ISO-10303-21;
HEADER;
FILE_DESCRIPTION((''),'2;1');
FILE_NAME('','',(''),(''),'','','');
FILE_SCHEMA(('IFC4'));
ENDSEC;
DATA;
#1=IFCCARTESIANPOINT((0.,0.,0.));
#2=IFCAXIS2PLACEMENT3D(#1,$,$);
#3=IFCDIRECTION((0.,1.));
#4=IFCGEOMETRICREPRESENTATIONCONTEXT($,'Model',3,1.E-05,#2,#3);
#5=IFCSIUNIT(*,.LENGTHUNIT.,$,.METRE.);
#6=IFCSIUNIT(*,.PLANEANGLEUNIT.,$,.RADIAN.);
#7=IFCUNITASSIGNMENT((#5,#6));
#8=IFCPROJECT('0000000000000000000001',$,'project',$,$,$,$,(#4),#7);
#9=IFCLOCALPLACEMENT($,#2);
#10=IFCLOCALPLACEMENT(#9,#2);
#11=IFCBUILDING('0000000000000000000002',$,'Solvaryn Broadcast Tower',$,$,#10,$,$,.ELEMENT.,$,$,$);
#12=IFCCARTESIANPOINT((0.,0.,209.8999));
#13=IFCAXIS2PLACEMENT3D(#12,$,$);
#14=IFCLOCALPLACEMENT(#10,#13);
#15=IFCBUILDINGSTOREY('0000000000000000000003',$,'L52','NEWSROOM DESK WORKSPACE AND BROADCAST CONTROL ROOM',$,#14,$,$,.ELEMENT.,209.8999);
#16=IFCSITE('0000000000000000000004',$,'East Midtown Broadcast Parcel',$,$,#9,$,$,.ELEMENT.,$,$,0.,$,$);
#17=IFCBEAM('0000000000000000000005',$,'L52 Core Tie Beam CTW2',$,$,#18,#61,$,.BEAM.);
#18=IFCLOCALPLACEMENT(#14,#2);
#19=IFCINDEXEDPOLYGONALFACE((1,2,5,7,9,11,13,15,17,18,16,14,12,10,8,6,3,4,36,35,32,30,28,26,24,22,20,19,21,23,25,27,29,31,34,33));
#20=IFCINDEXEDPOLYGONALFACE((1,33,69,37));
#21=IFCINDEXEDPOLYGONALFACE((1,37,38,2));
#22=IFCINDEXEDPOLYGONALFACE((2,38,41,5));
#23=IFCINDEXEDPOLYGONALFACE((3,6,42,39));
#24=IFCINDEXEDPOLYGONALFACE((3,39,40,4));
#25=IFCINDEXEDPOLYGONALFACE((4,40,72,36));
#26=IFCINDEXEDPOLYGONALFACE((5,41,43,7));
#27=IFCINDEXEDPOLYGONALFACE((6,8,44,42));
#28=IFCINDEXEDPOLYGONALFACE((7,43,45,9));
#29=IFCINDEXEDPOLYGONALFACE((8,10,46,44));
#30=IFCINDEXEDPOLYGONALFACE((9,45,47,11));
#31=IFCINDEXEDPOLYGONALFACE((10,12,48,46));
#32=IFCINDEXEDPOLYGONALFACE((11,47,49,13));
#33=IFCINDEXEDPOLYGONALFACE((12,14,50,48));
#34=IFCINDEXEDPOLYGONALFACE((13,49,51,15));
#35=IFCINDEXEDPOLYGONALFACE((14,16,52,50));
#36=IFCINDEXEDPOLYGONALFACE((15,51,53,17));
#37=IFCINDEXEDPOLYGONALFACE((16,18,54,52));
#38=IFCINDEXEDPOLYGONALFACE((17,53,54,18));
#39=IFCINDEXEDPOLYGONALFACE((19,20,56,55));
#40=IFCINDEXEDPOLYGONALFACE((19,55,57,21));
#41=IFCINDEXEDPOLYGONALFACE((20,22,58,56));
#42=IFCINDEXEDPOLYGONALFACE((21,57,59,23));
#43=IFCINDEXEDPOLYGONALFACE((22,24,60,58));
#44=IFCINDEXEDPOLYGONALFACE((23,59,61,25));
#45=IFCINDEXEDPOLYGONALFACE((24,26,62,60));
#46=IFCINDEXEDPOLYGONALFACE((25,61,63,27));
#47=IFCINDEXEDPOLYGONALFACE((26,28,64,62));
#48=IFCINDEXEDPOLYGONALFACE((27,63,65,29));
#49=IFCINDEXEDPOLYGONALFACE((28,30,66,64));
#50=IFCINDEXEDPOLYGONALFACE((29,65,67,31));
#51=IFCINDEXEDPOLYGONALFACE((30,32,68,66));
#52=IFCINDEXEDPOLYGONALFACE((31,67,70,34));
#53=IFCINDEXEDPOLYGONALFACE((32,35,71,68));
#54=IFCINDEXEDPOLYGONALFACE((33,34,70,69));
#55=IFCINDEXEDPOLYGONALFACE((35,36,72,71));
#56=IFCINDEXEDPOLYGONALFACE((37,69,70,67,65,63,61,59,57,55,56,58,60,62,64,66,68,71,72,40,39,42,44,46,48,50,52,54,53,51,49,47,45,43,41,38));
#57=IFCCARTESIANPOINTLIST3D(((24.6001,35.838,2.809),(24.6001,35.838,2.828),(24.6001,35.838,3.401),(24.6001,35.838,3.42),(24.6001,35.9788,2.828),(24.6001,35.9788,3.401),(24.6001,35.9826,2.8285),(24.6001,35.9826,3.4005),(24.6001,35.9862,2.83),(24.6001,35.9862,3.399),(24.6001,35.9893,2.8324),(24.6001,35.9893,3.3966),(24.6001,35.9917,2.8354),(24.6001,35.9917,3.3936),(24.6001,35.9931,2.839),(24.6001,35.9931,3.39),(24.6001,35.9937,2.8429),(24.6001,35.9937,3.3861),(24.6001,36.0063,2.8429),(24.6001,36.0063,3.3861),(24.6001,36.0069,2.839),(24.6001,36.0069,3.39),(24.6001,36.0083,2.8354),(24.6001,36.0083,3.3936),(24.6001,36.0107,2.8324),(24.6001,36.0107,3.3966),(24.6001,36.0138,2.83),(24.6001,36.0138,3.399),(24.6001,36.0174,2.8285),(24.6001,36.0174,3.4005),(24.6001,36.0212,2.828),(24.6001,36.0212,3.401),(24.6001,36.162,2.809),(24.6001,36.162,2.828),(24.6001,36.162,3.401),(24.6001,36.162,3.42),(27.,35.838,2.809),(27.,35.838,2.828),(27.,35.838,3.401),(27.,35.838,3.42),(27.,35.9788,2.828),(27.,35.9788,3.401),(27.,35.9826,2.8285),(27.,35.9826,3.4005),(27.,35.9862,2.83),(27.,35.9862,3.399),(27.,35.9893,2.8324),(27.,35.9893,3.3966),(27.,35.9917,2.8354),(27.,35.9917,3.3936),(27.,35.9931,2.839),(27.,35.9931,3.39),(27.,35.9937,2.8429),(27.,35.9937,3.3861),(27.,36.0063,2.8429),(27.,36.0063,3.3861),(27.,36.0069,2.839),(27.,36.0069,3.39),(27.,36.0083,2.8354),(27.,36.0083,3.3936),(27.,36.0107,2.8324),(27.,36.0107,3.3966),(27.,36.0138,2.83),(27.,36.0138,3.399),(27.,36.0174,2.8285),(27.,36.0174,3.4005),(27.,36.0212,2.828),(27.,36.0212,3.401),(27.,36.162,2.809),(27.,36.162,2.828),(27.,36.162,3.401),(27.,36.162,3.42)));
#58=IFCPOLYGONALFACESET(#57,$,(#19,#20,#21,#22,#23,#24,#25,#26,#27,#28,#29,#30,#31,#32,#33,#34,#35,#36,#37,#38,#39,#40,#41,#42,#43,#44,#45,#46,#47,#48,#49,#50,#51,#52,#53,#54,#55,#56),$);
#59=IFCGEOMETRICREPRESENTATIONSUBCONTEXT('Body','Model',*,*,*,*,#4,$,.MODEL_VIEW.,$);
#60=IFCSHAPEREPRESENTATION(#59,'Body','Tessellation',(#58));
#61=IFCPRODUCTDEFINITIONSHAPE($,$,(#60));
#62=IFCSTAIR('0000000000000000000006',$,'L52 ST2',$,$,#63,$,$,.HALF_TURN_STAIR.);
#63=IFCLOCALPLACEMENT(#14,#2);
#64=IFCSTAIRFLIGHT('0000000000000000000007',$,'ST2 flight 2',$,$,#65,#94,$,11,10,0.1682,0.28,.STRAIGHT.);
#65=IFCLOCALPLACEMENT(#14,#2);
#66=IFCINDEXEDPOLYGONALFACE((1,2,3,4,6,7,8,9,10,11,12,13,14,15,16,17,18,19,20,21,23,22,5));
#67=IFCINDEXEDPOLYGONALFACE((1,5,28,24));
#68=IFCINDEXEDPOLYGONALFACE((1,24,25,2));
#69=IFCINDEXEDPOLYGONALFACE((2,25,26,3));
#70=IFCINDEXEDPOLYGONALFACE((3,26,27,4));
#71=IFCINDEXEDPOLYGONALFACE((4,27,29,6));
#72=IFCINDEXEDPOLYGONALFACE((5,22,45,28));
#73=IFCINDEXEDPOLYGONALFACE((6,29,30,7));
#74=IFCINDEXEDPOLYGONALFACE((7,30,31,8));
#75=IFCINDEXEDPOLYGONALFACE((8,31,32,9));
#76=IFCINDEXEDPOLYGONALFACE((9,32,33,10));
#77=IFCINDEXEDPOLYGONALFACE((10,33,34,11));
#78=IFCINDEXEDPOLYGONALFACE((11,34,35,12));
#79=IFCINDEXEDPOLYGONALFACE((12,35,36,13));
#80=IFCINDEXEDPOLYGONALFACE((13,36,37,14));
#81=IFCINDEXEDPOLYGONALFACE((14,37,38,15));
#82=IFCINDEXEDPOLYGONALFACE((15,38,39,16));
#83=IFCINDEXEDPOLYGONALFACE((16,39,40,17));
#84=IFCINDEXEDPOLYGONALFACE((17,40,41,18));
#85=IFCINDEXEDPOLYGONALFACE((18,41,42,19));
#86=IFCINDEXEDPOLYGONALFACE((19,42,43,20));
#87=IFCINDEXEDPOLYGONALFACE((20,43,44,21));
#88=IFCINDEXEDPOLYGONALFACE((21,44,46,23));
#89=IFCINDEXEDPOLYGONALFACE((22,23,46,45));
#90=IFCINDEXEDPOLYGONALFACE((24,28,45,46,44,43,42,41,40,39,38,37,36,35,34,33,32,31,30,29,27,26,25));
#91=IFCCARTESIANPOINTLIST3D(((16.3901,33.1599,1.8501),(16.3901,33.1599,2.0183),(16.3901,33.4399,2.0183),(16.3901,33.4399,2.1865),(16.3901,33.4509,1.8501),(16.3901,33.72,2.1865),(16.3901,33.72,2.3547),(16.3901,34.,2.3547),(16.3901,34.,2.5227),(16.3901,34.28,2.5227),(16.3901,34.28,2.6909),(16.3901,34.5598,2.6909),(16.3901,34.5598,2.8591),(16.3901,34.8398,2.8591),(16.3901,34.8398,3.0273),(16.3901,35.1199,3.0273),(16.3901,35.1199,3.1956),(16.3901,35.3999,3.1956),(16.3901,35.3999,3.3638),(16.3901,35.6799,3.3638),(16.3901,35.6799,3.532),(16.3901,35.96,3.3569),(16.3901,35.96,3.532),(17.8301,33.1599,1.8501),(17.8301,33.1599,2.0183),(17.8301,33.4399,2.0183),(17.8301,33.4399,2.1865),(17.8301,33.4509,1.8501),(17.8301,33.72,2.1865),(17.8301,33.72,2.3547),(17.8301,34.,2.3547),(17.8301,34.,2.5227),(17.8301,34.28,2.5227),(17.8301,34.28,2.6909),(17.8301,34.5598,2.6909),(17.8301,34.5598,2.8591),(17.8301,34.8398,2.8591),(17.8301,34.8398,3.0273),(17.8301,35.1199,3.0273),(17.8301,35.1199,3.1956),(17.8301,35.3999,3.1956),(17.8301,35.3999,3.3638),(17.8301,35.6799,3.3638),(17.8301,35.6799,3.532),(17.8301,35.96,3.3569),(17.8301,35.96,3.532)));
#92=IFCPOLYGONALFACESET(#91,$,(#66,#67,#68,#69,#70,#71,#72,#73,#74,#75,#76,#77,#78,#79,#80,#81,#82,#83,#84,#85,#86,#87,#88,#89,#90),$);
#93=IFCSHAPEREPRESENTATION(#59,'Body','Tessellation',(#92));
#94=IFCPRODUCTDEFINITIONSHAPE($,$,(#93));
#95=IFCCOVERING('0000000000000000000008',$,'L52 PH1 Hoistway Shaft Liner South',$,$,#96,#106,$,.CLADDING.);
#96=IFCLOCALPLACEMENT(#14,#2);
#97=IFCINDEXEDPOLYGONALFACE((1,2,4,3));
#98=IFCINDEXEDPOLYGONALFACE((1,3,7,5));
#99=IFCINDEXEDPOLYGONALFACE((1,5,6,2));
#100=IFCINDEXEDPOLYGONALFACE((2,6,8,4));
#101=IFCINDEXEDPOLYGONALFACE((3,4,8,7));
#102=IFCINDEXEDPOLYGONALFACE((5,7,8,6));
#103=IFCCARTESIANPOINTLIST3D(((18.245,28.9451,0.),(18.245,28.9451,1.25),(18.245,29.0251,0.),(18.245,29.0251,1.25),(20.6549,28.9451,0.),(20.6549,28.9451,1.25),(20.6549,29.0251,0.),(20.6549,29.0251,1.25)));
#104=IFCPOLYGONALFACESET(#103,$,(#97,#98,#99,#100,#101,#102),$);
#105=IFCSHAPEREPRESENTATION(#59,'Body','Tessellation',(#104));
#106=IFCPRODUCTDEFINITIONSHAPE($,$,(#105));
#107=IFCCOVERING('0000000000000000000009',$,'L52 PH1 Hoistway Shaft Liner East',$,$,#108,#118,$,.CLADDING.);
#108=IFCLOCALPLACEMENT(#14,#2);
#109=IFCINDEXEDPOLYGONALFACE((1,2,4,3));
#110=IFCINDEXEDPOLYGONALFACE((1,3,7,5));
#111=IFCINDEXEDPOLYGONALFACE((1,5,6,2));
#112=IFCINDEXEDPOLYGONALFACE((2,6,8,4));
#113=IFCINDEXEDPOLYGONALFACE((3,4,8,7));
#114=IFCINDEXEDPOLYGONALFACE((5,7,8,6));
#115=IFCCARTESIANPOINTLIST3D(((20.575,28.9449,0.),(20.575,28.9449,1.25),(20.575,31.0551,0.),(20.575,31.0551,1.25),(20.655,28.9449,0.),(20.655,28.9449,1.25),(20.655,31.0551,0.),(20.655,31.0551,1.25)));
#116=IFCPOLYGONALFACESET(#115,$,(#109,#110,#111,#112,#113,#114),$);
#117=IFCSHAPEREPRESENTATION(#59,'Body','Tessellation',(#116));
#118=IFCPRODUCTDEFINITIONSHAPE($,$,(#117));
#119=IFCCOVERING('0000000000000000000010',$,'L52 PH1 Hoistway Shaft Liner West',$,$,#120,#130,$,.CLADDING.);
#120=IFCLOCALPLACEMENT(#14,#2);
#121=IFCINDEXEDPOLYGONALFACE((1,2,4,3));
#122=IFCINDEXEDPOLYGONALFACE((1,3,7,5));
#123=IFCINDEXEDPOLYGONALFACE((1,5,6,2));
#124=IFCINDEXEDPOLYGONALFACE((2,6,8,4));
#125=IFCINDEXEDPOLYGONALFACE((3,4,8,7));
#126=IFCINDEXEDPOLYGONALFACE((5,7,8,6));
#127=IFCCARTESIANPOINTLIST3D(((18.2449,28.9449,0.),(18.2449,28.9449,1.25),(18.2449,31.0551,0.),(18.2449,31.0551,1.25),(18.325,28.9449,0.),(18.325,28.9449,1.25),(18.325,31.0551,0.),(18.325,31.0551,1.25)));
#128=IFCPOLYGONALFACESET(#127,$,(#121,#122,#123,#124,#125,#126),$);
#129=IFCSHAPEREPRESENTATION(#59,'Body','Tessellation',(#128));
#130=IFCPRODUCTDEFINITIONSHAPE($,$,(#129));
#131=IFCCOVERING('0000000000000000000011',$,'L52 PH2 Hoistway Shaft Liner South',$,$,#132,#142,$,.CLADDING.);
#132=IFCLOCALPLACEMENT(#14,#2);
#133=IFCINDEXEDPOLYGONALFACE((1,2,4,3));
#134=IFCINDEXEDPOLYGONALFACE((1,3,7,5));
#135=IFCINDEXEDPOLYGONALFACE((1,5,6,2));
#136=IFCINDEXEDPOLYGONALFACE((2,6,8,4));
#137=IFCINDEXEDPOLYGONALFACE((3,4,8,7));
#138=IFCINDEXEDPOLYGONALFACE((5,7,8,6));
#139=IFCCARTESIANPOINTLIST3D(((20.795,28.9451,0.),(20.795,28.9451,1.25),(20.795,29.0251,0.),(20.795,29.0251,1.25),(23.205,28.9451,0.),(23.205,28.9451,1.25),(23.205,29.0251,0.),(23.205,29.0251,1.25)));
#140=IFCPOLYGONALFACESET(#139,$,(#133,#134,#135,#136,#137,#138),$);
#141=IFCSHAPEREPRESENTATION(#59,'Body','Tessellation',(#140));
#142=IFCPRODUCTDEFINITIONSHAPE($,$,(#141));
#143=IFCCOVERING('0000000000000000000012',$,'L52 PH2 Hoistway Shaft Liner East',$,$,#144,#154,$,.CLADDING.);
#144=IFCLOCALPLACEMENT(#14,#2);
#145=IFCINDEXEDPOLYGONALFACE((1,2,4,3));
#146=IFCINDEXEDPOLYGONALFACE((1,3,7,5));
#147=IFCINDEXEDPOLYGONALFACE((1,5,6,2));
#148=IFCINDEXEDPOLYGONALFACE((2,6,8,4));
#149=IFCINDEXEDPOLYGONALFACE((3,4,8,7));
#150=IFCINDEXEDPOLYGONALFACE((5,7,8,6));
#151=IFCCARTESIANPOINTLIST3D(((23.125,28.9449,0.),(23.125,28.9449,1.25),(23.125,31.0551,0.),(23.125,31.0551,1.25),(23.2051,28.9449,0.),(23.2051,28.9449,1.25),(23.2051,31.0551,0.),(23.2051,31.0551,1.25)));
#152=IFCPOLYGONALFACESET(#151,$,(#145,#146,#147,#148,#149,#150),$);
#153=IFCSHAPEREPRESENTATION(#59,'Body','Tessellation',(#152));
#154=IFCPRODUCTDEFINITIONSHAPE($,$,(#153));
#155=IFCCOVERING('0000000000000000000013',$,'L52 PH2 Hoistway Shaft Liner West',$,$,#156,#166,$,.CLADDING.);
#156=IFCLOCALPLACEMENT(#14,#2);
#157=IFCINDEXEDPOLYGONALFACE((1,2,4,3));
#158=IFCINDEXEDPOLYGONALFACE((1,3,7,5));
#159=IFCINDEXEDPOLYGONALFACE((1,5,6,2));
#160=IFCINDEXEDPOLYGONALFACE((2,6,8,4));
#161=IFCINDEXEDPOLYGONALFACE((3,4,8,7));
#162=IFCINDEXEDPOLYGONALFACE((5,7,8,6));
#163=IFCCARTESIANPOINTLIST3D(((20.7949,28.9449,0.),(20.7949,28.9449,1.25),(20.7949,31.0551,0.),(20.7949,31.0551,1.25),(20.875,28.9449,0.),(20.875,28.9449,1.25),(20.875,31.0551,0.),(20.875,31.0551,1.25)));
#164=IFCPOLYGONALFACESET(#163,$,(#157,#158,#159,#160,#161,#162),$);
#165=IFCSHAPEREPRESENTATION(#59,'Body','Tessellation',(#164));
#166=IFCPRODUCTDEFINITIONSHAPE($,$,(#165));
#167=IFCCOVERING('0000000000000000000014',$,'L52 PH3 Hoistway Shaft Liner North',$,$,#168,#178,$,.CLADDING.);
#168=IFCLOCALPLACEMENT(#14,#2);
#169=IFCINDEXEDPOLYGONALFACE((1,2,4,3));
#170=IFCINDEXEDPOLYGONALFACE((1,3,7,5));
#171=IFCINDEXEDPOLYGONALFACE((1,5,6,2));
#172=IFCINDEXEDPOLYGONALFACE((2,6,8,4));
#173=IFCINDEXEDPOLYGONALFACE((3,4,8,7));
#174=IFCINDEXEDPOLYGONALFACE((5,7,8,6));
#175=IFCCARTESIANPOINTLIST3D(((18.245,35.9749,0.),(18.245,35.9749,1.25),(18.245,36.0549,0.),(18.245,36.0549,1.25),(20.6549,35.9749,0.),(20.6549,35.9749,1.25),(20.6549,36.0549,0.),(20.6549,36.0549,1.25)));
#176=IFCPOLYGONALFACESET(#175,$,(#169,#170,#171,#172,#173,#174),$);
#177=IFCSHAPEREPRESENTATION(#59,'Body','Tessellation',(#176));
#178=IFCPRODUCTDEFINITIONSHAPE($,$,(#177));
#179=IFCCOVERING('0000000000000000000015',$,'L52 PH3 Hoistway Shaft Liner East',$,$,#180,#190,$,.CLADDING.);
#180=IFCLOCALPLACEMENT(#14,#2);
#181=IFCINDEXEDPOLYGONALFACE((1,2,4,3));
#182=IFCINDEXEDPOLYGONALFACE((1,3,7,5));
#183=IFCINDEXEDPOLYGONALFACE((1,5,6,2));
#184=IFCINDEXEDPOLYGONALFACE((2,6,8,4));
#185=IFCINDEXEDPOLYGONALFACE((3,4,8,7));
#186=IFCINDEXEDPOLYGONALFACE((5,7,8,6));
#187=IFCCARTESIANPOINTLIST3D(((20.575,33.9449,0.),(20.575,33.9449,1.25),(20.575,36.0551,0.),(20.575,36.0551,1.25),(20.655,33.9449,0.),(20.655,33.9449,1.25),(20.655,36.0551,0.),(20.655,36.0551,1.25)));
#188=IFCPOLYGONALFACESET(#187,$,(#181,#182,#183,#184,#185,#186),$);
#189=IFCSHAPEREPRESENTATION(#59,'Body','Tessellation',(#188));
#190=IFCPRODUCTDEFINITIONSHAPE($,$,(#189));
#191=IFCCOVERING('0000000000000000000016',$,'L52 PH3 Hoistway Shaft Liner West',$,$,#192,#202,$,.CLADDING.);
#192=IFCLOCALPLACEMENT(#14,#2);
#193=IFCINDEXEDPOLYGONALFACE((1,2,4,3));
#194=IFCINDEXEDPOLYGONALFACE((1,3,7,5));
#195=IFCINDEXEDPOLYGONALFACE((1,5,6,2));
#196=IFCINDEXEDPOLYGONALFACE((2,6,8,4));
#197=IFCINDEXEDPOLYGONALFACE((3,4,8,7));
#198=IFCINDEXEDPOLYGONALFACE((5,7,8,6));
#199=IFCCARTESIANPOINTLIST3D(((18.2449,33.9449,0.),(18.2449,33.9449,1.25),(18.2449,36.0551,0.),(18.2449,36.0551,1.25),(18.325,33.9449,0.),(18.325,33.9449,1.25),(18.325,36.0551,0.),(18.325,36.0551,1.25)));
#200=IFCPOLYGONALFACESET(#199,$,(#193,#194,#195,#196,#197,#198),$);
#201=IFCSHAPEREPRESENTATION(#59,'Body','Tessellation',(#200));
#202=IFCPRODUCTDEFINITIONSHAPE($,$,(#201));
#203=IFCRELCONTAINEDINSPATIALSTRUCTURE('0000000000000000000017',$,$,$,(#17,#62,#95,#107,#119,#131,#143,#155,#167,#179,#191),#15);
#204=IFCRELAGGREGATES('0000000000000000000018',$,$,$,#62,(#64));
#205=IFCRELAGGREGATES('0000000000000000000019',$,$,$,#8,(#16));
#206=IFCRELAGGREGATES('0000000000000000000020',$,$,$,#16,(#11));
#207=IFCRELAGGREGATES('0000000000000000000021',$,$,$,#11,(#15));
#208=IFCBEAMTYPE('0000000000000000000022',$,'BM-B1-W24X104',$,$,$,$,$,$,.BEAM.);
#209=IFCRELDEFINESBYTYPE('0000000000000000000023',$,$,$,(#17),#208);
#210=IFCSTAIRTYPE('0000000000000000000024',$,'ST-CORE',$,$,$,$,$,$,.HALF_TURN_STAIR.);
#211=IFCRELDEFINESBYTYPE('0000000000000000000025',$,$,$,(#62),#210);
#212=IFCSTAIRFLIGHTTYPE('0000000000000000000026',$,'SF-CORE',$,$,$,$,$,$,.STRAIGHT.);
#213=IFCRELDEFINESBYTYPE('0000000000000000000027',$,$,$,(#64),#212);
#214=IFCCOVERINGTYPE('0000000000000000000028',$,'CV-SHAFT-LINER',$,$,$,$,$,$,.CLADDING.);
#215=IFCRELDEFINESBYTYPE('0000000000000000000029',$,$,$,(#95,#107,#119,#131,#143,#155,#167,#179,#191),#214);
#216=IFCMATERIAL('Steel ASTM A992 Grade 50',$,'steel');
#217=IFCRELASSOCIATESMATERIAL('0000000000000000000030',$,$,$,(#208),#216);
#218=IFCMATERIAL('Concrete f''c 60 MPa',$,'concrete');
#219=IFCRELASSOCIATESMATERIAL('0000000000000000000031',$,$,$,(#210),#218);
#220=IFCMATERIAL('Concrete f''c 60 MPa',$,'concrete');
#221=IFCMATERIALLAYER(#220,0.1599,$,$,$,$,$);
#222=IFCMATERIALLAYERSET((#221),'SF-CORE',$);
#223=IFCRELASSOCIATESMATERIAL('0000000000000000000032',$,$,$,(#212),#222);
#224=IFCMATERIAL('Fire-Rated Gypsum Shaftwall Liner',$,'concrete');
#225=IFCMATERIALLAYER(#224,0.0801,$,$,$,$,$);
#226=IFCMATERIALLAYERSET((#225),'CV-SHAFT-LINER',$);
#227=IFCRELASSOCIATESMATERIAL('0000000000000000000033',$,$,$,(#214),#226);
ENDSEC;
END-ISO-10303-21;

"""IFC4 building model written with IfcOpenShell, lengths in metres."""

from ifc_helpers import new_model, si_unit, direction, frame, origin, origin_2d, place, context, subcontext, project, spatial, polyline, rectangle, i_section, outline, extrude, material, layer, layer_set, material_profile, profile_set, type_object, element, aggregate, save


model = new_model("IFC4")

# Units and contexts
model_context = context("Model", 3, precision=1e-05, world=origin(), true_north=direction((0.0, 1.0)))
body_context = subcontext(model_context, "Body", "Model", "MODEL_VIEW")
ifc_project = project(units=[si_unit("LENGTHUNIT", "METRE"), si_unit("PLANEANGLEUNIT", "RADIAN")], contexts=[model_context])

# Site, building, storey
site_placement = place(None, origin())
site = spatial("IfcSite", under=ifc_project, at=site_placement, Name="East Midtown Broadcast Parcel", CompositionType="ELEMENT", RefElevation=0.0)
building_placement = place(site_placement, origin())
building = spatial("IfcBuilding", under=site, at=building_placement, Name="Solvaryn Broadcast Tower", CompositionType="ELEMENT")
storey_placement = place(building_placement, frame((0.0, 0.0, 209.8999)))
storey = spatial("IfcBuildingStorey", under=building, at=storey_placement, Name="L52", Description="NEWSROOM DESK WORKSPACE AND BROADCAST CONTROL ROOM", CompositionType="ELEMENT", Elevation=209.8999)

# Beam
ifc_material_1 = material(Name="Steel ASTM A992 Grade 50", Category="steel")
ifc_material_profile = material_profile(ifc_material_1, i_section(OverallWidth=0.324, OverallDepth=0.6111, WebThickness=0.0127, FlangeThickness=0.019, FilletRadius=0.0149, at=origin_2d()))
ifc_profile_set = profile_set([ifc_material_profile], Name="Steel ASTM A992 Grade 50")
beam_type = type_object("IfcBeamType", Name="BM-B1-W24X104", PredefinedType="BEAM", material=ifc_profile_set)
beam_placement = place(storey_placement, frame((24.6001, 36.0, 3.1145), z_axis=(1.0, 0.0, 0.0), x_axis=(0.0, 1.0, 0.0)))
element("IfcBeam", 1, at=beam_placement, inside=storey, type_object=beam_type, Name="L52 Core Tie Beam CTW2", PredefinedType="BEAM", context=body_context, shape_type="SweptSolid", body=[
    extrude(i_section(OverallWidth=0.324, OverallDepth=0.6111, WebThickness=0.0127, FlangeThickness=0.019, FilletRadius=0.0149, at=origin_2d()), origin(), (0.0, 0.0, 1.0), 2.3999),
])

# Stair, stair flight
ifc_material_2 = material(Name="Concrete f'c 60 MPa", Category="concrete")
stair_type = type_object("IfcStairType", Name="ST-CORE", PredefinedType="HALF_TURN_STAIR", material=ifc_material_2)
stair_placement = place(storey_placement, origin())
stair = element("IfcStair", 2, at=stair_placement, inside=storey, type_object=stair_type, Name="L52 ST2", PredefinedType="HALF_TURN_STAIR")
ifc_material_3 = material(Name="Concrete f'c 60 MPa", Category="concrete")
ifc_layer_1 = layer(ifc_material_3, 0.1599)
ifc_layer_set_1 = layer_set([ifc_layer_1], Name="SF-CORE")
stair_flight_type = type_object("IfcStairFlightType", Name="SF-CORE", PredefinedType="STRAIGHT", material=ifc_layer_set_1)
stair_flight_placement = place(storey_placement, frame((17.1101, 33.1599, 1.8501), z_axis=(0.0, 0.0, 1.0), x_axis=(0.0, 1.0, 0.0)))
stair_flight = element("IfcStairFlight", 3, at=stair_flight_placement, type_object=stair_flight_type, Name="ST2 flight 2", NumberOfRisers=11, NumberOfTreads=10, PredefinedType="STRAIGHT", RiserHeight=0.1682, TreadLength=0.28, context=body_context, shape_type="SweptSolid", body=[
    extrude(outline(polyline([(0.0, 0.0), (0.0, 0.1682), (0.28, 0.1682), (0.28, 0.3364), (0.5601, 0.3364), (0.5601, 0.5046), (0.8401, 0.5046), (0.8401, 0.6726), (1.1201, 0.6726), (1.1201, 0.8408), (1.3999, 0.8408), (1.3999, 1.009), (1.6799, 1.009), (1.6799, 1.1772), (1.96, 1.1772), (1.96, 1.3455), (2.24, 1.3455), (2.24, 1.5137), (2.52, 1.5137), (2.52, 1.6819), (2.8, 1.6819), (2.8, 1.8501), (2.8, 1.5068), (0.291, 0.0), (0.0, 0.0)])), frame((0.0, 0.72, 0.0), z_axis=(0.0, -1.0, 0.0), x_axis=(1.0, 0.0, 0.0)), (0.0, 0.0, 1.0), 1.4399),
])
aggregate(stair, [stair_flight])

# Coverings
ifc_material_4 = material(Name="Fire-Rated Gypsum Shaftwall Liner", Category="concrete")
ifc_layer_2 = layer(ifc_material_4, 0.0801)
ifc_layer_set_2 = layer_set([ifc_layer_2], Name="CV-SHAFT-LINER")
covering_type = type_object("IfcCoveringType", Name="CV-SHAFT-LINER", PredefinedType="CLADDING", material=ifc_layer_set_2)
covering_1_placement = place(storey_placement, frame((19.45, 28.9851, 0.0), z_axis=(0.0, 0.0, 1.0), x_axis=(1.0, 0.0, 0.0)))
element("IfcCovering", 4, at=covering_1_placement, inside=storey, type_object=covering_type, Name="L52 PH1 Hoistway Shaft Liner South", PredefinedType="CLADDING", context=body_context, shape_type="SweptSolid", body=[
    extrude(rectangle(XDim=2.4099, YDim=0.0801, at=origin_2d()), origin(), (0.0, 0.0, 1.0), 1.25),
])
for number, where, z_axis, x_axis, name in (
    (5, (20.615, 30.0, 0.0), (0.0, 0.0, 1.0), (1.0, 0.0, 0.0), "L52 PH1 Hoistway Shaft Liner East"),
    (6, (18.2849, 30.0, 0.0), (0.0, 0.0, 1.0), (1.0, 0.0, 0.0), "L52 PH1 Hoistway Shaft Liner West"),
):
    element("IfcCovering", number, at=place(storey_placement, frame(where, z_axis=z_axis, x_axis=x_axis)), inside=storey, type_object=covering_type, Name=name, PredefinedType="CLADDING", context=body_context, shape_type="SweptSolid", body=[
        extrude(rectangle(XDim=0.0801, YDim=2.1101, at=origin_2d()), origin(), (0.0, 0.0, 1.0), 1.25),
    ])
covering_2_placement = place(storey_placement, frame((22.0, 28.9851, 0.0), z_axis=(0.0, 0.0, 1.0), x_axis=(1.0, 0.0, 0.0)))
element("IfcCovering", 7, at=covering_2_placement, inside=storey, type_object=covering_type, Name="L52 PH2 Hoistway Shaft Liner South", PredefinedType="CLADDING", context=body_context, shape_type="SweptSolid", body=[
    extrude(rectangle(XDim=2.4099, YDim=0.0801, at=origin_2d()), origin(), (0.0, 0.0, 1.0), 1.25),
])
for number, where, z_axis, x_axis, name in (
    (8, (23.165, 30.0, 0.0), (0.0, 0.0, 1.0), (1.0, 0.0, 0.0), "L52 PH2 Hoistway Shaft Liner East"),
    (9, (20.835, 30.0, 0.0), (0.0, 0.0, 1.0), (1.0, 0.0, 0.0), "L52 PH2 Hoistway Shaft Liner West"),
):
    element("IfcCovering", number, at=place(storey_placement, frame(where, z_axis=z_axis, x_axis=x_axis)), inside=storey, type_object=covering_type, Name=name, PredefinedType="CLADDING", context=body_context, shape_type="SweptSolid", body=[
        extrude(rectangle(XDim=0.0801, YDim=2.1101, at=origin_2d()), origin(), (0.0, 0.0, 1.0), 1.25),
    ])
covering_3_placement = place(storey_placement, frame((19.45, 36.0149, 0.0), z_axis=(0.0, 0.0, 1.0), x_axis=(1.0, 0.0, 0.0)))
element("IfcCovering", 10, at=covering_3_placement, inside=storey, type_object=covering_type, Name="L52 PH3 Hoistway Shaft Liner North", PredefinedType="CLADDING", context=body_context, shape_type="SweptSolid", body=[
    extrude(rectangle(XDim=2.4099, YDim=0.0801, at=origin_2d()), origin(), (0.0, 0.0, 1.0), 1.25),
])
for number, where, z_axis, x_axis, name in (
    (11, (20.615, 35.0, 0.0), (0.0, 0.0, 1.0), (1.0, 0.0, 0.0), "L52 PH3 Hoistway Shaft Liner East"),
    (12, (18.2849, 35.0, 0.0), (0.0, 0.0, 1.0), (1.0, 0.0, 0.0), "L52 PH3 Hoistway Shaft Liner West"),
):
    element("IfcCovering", number, at=place(storey_placement, frame(where, z_axis=z_axis, x_axis=x_axis)), inside=storey, type_object=covering_type, Name=name, PredefinedType="CLADDING", context=body_context, shape_type="SweptSolid", body=[
        extrude(rectangle(XDim=0.0801, YDim=2.1101, at=origin_2d()), origin(), (0.0, 0.0, 1.0), 1.25),
    ])

save(model, "model.ifc")
